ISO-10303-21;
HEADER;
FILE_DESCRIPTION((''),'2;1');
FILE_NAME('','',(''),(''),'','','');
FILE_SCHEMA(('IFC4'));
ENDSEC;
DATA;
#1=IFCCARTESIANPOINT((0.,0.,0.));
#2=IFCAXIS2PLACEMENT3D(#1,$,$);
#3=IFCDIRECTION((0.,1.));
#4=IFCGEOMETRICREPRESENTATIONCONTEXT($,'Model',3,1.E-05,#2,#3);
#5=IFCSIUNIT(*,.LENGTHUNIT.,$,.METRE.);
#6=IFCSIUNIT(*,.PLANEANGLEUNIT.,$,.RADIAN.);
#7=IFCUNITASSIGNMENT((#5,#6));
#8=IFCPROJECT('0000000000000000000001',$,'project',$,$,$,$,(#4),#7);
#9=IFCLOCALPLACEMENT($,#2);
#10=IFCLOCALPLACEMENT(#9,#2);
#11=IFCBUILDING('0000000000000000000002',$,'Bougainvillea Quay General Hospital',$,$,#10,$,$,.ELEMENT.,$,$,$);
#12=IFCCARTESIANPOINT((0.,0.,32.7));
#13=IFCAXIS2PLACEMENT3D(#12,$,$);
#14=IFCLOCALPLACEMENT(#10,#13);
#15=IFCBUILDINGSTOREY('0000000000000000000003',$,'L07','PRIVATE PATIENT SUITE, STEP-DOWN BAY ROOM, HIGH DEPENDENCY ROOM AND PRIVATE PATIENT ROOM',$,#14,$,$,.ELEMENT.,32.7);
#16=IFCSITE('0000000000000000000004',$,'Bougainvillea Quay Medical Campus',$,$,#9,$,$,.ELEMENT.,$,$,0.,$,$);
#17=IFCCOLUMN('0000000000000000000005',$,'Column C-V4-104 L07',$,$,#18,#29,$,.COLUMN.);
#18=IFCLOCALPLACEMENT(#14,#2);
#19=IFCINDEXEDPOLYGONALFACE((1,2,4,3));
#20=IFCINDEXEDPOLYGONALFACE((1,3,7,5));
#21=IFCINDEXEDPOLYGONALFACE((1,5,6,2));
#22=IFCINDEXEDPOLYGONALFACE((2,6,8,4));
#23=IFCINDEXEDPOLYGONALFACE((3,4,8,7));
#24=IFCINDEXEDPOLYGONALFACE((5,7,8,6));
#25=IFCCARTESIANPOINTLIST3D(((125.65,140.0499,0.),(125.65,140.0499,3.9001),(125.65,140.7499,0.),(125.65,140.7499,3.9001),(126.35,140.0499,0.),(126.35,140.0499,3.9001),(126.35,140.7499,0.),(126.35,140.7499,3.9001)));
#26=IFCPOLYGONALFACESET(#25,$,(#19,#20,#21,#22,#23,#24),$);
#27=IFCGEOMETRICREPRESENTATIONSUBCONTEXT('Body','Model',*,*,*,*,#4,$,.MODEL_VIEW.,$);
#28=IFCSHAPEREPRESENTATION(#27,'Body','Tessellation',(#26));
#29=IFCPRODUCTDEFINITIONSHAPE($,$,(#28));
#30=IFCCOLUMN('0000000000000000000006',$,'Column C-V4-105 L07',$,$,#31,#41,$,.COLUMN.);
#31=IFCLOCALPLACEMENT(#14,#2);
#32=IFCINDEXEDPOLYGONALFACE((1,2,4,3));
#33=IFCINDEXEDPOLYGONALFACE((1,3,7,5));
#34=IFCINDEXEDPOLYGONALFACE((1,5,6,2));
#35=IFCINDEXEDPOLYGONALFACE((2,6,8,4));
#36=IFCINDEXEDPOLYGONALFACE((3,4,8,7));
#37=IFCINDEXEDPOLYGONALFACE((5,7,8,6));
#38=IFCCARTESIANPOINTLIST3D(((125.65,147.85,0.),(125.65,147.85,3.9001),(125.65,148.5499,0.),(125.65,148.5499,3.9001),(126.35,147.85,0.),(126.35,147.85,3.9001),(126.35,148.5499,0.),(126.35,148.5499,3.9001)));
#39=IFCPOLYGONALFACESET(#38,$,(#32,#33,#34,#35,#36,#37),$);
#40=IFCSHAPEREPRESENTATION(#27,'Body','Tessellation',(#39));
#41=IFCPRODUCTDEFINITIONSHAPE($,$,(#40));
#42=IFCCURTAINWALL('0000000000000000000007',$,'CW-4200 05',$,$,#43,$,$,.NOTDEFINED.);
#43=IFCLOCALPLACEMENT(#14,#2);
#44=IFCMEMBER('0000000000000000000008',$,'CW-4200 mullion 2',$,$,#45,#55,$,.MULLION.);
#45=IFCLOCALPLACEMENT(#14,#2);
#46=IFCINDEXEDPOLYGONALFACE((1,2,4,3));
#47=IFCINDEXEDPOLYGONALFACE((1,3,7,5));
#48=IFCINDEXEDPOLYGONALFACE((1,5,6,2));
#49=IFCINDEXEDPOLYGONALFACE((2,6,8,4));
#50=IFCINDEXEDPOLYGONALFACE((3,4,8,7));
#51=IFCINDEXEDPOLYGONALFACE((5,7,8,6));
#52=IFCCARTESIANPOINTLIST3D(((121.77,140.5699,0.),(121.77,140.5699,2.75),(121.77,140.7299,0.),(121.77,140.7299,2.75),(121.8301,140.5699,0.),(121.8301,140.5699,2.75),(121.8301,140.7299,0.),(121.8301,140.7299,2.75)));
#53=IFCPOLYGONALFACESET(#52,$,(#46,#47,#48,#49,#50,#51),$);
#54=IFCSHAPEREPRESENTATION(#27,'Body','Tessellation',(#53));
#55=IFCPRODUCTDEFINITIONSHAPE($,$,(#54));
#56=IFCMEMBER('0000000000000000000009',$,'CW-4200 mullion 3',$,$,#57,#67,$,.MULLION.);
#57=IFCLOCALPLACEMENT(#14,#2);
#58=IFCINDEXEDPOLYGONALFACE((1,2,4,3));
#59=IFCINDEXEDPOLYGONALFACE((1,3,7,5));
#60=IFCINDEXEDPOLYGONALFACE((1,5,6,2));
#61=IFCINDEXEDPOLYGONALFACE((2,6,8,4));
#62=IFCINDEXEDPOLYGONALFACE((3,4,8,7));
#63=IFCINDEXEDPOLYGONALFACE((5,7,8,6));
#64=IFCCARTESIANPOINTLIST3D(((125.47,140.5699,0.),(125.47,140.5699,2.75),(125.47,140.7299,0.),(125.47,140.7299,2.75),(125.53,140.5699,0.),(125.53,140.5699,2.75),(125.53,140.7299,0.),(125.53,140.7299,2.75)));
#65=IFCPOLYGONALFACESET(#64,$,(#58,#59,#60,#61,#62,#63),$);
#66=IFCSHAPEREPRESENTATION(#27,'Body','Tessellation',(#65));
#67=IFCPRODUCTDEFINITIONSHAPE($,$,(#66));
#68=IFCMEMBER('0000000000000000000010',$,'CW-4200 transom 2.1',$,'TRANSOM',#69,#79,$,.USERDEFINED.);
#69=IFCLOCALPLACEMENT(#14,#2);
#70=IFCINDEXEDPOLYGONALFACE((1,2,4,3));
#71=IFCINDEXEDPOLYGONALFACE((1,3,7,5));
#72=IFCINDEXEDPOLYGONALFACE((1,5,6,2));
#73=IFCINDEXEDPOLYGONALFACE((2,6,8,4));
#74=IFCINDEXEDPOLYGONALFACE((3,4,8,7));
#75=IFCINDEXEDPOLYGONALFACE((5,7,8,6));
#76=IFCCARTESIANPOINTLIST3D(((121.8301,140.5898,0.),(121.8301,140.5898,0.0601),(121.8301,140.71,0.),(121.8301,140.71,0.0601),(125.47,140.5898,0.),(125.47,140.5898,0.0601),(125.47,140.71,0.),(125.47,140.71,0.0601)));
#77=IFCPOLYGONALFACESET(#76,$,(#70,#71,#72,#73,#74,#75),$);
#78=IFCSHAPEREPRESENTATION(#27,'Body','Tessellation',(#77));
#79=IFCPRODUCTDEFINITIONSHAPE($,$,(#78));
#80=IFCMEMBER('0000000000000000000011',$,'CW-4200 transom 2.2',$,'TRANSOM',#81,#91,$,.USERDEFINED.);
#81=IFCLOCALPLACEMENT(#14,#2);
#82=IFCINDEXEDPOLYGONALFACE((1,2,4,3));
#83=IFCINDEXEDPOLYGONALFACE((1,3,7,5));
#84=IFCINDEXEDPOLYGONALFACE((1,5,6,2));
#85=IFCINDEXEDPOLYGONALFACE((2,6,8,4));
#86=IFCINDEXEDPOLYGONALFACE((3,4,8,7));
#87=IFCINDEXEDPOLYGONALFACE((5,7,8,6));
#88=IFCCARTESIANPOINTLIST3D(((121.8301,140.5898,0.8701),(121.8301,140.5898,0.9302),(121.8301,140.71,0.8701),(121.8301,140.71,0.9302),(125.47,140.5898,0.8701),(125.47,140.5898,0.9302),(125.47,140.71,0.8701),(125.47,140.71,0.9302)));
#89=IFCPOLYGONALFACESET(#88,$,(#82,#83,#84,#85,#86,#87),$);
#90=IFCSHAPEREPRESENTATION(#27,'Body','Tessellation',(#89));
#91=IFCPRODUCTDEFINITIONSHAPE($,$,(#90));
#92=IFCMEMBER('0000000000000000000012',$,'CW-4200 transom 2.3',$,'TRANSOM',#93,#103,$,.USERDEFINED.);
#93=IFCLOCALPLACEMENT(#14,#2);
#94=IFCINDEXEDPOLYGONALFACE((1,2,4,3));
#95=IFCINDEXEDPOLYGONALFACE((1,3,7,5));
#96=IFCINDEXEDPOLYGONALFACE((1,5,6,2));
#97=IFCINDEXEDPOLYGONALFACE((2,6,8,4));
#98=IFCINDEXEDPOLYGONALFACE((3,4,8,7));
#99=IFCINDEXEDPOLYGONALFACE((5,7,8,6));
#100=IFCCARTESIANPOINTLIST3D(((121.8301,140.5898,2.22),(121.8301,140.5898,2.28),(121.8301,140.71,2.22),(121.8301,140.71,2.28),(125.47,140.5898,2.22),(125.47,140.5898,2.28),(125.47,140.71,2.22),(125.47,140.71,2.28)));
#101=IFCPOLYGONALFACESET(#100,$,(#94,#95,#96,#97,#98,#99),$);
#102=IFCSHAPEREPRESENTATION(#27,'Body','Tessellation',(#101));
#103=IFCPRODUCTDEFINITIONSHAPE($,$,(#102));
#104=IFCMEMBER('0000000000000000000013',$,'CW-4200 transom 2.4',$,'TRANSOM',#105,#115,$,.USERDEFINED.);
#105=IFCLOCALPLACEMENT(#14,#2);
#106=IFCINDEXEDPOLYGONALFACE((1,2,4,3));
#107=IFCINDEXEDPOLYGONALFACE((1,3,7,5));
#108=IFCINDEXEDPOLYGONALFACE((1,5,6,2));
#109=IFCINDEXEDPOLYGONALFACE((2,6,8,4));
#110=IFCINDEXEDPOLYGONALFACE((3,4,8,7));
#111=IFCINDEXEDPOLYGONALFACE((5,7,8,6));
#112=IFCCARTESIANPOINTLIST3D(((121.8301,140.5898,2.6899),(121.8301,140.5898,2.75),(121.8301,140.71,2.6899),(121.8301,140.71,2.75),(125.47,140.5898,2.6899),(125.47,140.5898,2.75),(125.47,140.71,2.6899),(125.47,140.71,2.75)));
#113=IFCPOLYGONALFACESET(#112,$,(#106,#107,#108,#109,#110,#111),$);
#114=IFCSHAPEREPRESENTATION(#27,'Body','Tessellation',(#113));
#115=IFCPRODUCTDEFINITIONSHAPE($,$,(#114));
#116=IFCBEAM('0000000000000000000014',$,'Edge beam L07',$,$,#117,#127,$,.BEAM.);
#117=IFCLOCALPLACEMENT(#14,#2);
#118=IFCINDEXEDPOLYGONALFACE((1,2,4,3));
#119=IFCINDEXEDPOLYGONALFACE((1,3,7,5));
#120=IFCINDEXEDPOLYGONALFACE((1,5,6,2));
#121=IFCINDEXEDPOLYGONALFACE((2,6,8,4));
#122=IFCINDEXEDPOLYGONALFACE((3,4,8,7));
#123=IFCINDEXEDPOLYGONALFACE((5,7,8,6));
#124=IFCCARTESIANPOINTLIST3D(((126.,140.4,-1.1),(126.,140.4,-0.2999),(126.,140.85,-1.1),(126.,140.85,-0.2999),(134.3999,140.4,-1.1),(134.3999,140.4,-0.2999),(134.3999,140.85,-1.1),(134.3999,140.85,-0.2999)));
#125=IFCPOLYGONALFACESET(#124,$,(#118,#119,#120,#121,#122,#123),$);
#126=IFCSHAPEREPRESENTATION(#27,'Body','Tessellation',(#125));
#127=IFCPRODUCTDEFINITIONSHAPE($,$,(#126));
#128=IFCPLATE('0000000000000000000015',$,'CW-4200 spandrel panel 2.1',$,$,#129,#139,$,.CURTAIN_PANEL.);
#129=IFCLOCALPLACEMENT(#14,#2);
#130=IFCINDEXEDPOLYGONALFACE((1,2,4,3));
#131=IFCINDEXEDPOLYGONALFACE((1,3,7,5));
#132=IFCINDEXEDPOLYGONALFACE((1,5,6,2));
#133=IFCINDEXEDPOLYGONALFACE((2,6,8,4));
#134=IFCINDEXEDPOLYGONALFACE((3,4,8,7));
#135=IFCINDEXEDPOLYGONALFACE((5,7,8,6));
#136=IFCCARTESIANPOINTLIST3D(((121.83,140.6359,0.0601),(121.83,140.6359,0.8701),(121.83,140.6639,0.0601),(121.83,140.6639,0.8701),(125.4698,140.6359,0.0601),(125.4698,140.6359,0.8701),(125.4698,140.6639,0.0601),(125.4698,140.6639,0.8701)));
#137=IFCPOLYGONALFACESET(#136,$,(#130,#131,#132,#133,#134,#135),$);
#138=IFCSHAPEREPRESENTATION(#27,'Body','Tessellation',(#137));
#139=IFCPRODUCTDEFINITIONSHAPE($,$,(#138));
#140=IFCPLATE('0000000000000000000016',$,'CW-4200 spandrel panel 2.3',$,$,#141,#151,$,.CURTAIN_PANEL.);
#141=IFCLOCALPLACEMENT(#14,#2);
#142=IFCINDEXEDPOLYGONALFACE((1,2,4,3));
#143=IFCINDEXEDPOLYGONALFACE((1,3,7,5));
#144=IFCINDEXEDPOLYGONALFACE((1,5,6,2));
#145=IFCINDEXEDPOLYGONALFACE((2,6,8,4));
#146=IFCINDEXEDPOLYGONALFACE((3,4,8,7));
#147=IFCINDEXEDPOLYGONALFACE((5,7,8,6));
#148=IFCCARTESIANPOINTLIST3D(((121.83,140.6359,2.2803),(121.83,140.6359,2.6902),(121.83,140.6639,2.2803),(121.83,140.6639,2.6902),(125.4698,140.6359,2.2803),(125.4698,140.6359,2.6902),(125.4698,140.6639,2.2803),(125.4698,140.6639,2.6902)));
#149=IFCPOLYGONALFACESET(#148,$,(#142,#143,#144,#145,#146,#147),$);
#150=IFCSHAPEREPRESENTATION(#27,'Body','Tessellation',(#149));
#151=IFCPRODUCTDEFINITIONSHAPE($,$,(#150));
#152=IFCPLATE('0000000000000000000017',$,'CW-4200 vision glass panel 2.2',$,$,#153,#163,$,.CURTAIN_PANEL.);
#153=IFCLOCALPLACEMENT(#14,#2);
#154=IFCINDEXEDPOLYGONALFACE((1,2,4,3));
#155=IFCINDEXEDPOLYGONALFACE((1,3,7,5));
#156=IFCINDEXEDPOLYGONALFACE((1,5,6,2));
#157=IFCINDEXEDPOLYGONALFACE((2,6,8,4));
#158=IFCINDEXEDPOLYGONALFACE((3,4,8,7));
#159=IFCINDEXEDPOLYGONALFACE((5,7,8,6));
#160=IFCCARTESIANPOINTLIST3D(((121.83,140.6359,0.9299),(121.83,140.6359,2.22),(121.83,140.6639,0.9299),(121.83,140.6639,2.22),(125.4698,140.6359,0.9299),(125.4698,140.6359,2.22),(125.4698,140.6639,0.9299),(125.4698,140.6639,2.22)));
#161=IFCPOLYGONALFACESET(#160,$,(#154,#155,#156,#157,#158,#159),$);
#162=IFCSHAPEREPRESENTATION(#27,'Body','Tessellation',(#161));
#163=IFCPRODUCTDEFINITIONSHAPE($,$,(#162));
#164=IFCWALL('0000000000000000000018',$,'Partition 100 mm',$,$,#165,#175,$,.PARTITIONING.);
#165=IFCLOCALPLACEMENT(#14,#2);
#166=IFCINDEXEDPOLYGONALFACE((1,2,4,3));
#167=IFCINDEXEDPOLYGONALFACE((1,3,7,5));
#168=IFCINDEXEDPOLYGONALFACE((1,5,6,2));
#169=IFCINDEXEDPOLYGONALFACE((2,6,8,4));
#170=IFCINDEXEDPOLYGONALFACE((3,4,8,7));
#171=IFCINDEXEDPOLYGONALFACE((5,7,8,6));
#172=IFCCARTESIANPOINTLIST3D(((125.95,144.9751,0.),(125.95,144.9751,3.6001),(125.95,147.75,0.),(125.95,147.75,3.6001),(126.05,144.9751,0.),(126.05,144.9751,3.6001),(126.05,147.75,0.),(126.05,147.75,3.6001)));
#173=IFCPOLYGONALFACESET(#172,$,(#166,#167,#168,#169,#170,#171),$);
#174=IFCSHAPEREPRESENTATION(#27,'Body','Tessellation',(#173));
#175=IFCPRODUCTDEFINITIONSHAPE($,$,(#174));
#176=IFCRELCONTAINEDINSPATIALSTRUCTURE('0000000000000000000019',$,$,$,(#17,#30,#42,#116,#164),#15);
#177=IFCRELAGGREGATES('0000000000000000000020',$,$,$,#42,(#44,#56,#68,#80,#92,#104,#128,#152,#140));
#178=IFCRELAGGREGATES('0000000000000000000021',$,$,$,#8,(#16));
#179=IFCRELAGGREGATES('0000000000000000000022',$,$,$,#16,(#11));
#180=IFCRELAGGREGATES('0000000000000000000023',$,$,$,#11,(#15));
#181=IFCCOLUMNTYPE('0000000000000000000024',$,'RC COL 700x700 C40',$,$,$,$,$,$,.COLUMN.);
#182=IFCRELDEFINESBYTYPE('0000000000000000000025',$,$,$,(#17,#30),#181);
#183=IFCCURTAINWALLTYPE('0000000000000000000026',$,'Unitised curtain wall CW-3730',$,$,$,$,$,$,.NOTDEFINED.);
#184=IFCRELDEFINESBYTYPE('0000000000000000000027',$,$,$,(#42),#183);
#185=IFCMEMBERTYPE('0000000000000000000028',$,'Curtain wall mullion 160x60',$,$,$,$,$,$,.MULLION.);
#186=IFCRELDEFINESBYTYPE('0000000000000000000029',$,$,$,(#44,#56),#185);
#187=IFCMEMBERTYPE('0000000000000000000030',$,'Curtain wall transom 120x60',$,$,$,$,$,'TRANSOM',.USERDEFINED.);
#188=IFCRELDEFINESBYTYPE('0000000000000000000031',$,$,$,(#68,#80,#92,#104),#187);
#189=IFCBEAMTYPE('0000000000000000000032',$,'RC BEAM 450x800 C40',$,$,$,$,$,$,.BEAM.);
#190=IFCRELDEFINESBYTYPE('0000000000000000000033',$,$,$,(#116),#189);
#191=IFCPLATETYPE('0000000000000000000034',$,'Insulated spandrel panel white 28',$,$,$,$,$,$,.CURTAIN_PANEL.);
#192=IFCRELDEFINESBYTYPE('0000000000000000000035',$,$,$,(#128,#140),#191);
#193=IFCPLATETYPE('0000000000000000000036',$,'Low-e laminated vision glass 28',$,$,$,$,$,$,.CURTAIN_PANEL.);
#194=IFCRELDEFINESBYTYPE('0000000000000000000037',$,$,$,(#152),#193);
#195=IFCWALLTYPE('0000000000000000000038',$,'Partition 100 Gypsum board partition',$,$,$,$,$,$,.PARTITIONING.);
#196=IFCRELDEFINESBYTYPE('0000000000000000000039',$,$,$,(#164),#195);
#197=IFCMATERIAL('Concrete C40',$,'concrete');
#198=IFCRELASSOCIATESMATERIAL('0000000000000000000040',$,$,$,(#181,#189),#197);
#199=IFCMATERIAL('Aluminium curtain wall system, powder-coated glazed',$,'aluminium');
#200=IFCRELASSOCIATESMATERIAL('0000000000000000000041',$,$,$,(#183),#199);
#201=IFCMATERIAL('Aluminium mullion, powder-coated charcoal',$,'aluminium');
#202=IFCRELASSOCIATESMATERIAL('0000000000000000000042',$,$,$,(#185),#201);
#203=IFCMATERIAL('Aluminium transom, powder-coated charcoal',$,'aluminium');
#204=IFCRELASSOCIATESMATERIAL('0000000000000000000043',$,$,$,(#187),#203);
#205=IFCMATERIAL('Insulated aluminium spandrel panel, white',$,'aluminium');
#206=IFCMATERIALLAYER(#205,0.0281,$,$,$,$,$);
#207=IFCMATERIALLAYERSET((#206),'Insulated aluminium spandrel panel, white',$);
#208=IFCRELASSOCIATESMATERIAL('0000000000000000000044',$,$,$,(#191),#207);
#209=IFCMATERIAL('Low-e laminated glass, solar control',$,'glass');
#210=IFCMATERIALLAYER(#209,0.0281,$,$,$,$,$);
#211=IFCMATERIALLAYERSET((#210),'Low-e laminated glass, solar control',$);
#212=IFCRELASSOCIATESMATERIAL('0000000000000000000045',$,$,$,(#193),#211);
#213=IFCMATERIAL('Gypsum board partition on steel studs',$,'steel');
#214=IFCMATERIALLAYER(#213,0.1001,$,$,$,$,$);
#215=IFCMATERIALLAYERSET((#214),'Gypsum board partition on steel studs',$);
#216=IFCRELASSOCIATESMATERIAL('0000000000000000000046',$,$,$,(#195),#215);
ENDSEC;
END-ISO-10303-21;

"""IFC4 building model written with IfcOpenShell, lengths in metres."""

from ifc_helpers import new_model, si_unit, direction, frame, frame_2d, origin, origin_2d, place, context, subcontext, project, spatial, rectangle, extrude, material, layer, layer_set, material_profile, profile_set, type_object, element, aggregate, save


model = new_model("IFC4")

# Units and contexts
model_context = context("Model", 3, precision=1e-05, world=origin(), true_north=direction((0.0, 1.0)))
body_context = subcontext(model_context, "Body", "Model", "MODEL_VIEW")
ifc_project = project(units=[si_unit("LENGTHUNIT", "METRE"), si_unit("PLANEANGLEUNIT", "RADIAN")], contexts=[model_context])

# Site, building, storey
site_placement = place(None, origin())
site = spatial("IfcSite", under=ifc_project, at=site_placement, Name="Bougainvillea Quay Medical Campus", CompositionType="ELEMENT", RefElevation=0.0)
building_placement = place(site_placement, origin())
building = spatial("IfcBuilding", under=site, at=building_placement, Name="Bougainvillea Quay General Hospital", CompositionType="ELEMENT")
storey_placement = place(building_placement, frame((0.0, 0.0, 32.7)))
storey = spatial("IfcBuildingStorey", under=building, at=storey_placement, Name="L07", Description="PRIVATE PATIENT SUITE, STEP-DOWN BAY ROOM, HIGH DEPENDENCY ROOM AND PRIVATE PATIENT ROOM", CompositionType="ELEMENT", Elevation=32.7)

# Columns
ifc_material_1 = material(Name="Concrete C40", Category="concrete")
ifc_material_profile_1 = material_profile(ifc_material_1, rectangle(XDim=0.7, YDim=0.7, at=origin_2d()))
ifc_profile_set_1 = profile_set([ifc_material_profile_1], Name="Concrete C40")
column_type = type_object("IfcColumnType", Name="RC COL 700x700 C40", PredefinedType="COLUMN", material=ifc_profile_set_1)
for number, where, z_axis, x_axis, name in (
    (1, (126.0, 140.3999, 0.0), (0.0, 0.0, 1.0), (1.0, 0.0, 0.0), "Column C-V4-104 L07"),
    (2, (126.0, 148.2, 0.0), (0.0, 0.0, 1.0), (1.0, 0.0, 0.0), "Column C-V4-105 L07"),
):
    element("IfcColumn", number, at=place(storey_placement, frame(where, z_axis=z_axis, x_axis=x_axis)), inside=storey, type_object=column_type, Name=name, PredefinedType="COLUMN", context=body_context, shape_type="SweptSolid", body=[
        extrude(rectangle(XDim=0.7, YDim=0.7, at=origin_2d()), origin(), (0.0, 0.0, 1.0), 3.9001),
    ])

# Curtain wall, members
ifc_material_2 = material(Name="Aluminium curtain wall system, powder-coated glazed", Category="aluminium")
curtain_wall_type = type_object("IfcCurtainWallType", Name="Unitised curtain wall CW-3730", PredefinedType="NOTDEFINED", material=ifc_material_2)
curtain_wall_placement = place(storey_placement, origin())
curtain_wall = element("IfcCurtainWall", 3, at=curtain_wall_placement, inside=storey, type_object=curtain_wall_type, Name="CW-4200 05", PredefinedType="NOTDEFINED")
ifc_material_3 = material(Name="Aluminium mullion, powder-coated charcoal", Category="aluminium")
ifc_material_profile_2 = material_profile(ifc_material_3, rectangle(XDim=0.1599, YDim=0.0601, at=origin_2d()))
ifc_profile_set_2 = profile_set([ifc_material_profile_2], Name="Aluminium mullion, powder-coated charcoal")
member_type_1 = type_object("IfcMemberType", Name="Curtain wall mullion 160x60", PredefinedType="MULLION", material=ifc_profile_set_2)
member_1_placement = place(storey_placement, frame((121.8, 140.6499, 0.0), z_axis=(0.0, 0.0, 1.0), x_axis=(0.0, 1.0, 0.0)))
member_1 = element("IfcMember", 4, at=member_1_placement, type_object=member_type_1, Name="CW-4200 mullion 2", PredefinedType="MULLION", context=body_context, shape_type="SweptSolid", body=[
    extrude(rectangle(XDim=0.1599, YDim=0.0601, at=origin_2d()), origin(), (0.0, 0.0, 1.0), 2.75),
])
member_2_placement = place(storey_placement, frame((125.5, 140.6499, 0.0), z_axis=(0.0, 0.0, 1.0), x_axis=(0.0, 1.0, 0.0)))
member_2 = element("IfcMember", 5, at=member_2_placement, type_object=member_type_1, Name="CW-4200 mullion 3", PredefinedType="MULLION", context=body_context, shape_type="SweptSolid", body=[
    extrude(rectangle(XDim=0.1599, YDim=0.0601, at=origin_2d()), origin(), (0.0, 0.0, 1.0), 2.75),
])
ifc_material_4 = material(Name="Aluminium transom, powder-coated charcoal", Category="aluminium")
ifc_material_profile_3 = material_profile(ifc_material_4, rectangle(XDim=0.1201, YDim=0.0601, at=origin_2d()))
ifc_profile_set_3 = profile_set([ifc_material_profile_3], Name="Aluminium transom, powder-coated charcoal")
member_type_2 = type_object("IfcMemberType", Name="Curtain wall transom 120x60", ElementType="TRANSOM", PredefinedType="USERDEFINED", material=ifc_profile_set_3)
member_3_placement = place(storey_placement, frame((121.8301, 140.6499, 0.03), z_axis=(1.0, 0.0, 0.0), x_axis=(0.0, 1.0, 0.0)))
member_3 = element("IfcMember", 6, at=member_3_placement, type_object=member_type_2, Name="CW-4200 transom 2.1", ObjectType="TRANSOM", PredefinedType="USERDEFINED", context=body_context, shape_type="SweptSolid", body=[
    extrude(rectangle(XDim=0.1201, YDim=0.0601, at=origin_2d()), origin(), (0.0, 0.0, 1.0), 3.6399),
])
member_4_placement = place(storey_placement, frame((121.8301, 140.6499, 0.9001), z_axis=(1.0, 0.0, 0.0), x_axis=(0.0, 1.0, 0.0)))
member_4 = element("IfcMember", 7, at=member_4_placement, type_object=member_type_2, Name="CW-4200 transom 2.2", ObjectType="TRANSOM", PredefinedType="USERDEFINED", context=body_context, shape_type="SweptSolid", body=[
    extrude(rectangle(XDim=0.1201, YDim=0.0601, at=origin_2d()), origin(), (0.0, 0.0, 1.0), 3.6399),
])
member_5_placement = place(storey_placement, frame((121.8301, 140.6499, 2.25), z_axis=(1.0, 0.0, 0.0), x_axis=(0.0, 1.0, 0.0)))
member_5 = element("IfcMember", 8, at=member_5_placement, type_object=member_type_2, Name="CW-4200 transom 2.3", ObjectType="TRANSOM", PredefinedType="USERDEFINED", context=body_context, shape_type="SweptSolid", body=[
    extrude(rectangle(XDim=0.1201, YDim=0.0601, at=origin_2d()), origin(), (0.0, 0.0, 1.0), 3.6399),
])
member_6_placement = place(storey_placement, frame((121.8301, 140.6499, 2.72), z_axis=(1.0, 0.0, 0.0), x_axis=(0.0, 1.0, 0.0)))
member_6 = element("IfcMember", 9, at=member_6_placement, type_object=member_type_2, Name="CW-4200 transom 2.4", ObjectType="TRANSOM", PredefinedType="USERDEFINED", context=body_context, shape_type="SweptSolid", body=[
    extrude(rectangle(XDim=0.1201, YDim=0.0601, at=origin_2d()), origin(), (0.0, 0.0, 1.0), 3.6399),
])

# Beam
ifc_material_profile_4 = material_profile(ifc_material_1, rectangle(XDim=0.45, YDim=0.8, at=origin_2d()))
ifc_profile_set_4 = profile_set([ifc_material_profile_4], Name="Concrete C40")
beam_type = type_object("IfcBeamType", Name="RC BEAM 450x800 C40", PredefinedType="BEAM", material=ifc_profile_set_4)
beam_placement = place(storey_placement, frame((126.0, 140.625, -0.7), z_axis=(1.0, 0.0, 0.0), x_axis=(0.0, 1.0, 0.0)))
element("IfcBeam", 10, at=beam_placement, inside=storey, type_object=beam_type, Name="Edge beam L07", PredefinedType="BEAM", context=body_context, shape_type="SweptSolid", body=[
    extrude(rectangle(XDim=0.45, YDim=0.8, at=origin_2d()), origin(), (0.0, 0.0, 1.0), 8.3999),
])

# Plates
ifc_material_5 = material(Name="Insulated aluminium spandrel panel, white", Category="aluminium")
ifc_layer_1 = layer(ifc_material_5, 0.0281)
ifc_layer_set_1 = layer_set([ifc_layer_1], Name="Insulated aluminium spandrel panel, white")
plate_type_1 = type_object("IfcPlateType", Name="Insulated spandrel panel white 28", PredefinedType="CURTAIN_PANEL", material=ifc_layer_set_1)
plate_1_placement = place(storey_placement, frame((123.6499, 140.6499, 0.0601), z_axis=(0.0, 0.0, 1.0), x_axis=(1.0, 0.0, 0.0)))
plate_1 = element("IfcPlate", 11, at=plate_1_placement, type_object=plate_type_1, Name="CW-4200 spandrel panel 2.1", PredefinedType="CURTAIN_PANEL", context=body_context, shape_type="SweptSolid", body=[
    extrude(rectangle(XDim=3.6399, YDim=0.0281, at=origin_2d()), origin(), (0.0, 0.0, 1.0), 0.8101),
])
plate_2_placement = place(storey_placement, frame((123.6499, 140.6499, 2.2803), z_axis=(0.0, 0.0, 1.0), x_axis=(1.0, 0.0, 0.0)))
plate_2 = element("IfcPlate", 12, at=plate_2_placement, type_object=plate_type_1, Name="CW-4200 spandrel panel 2.3", PredefinedType="CURTAIN_PANEL", context=body_context, shape_type="SweptSolid", body=[
    extrude(rectangle(XDim=3.6399, YDim=0.0281, at=origin_2d()), origin(), (0.0, 0.0, 1.0), 0.4099),
])
ifc_material_6 = material(Name="Low-e laminated glass, solar control", Category="glass")
ifc_layer_2 = layer(ifc_material_6, 0.0281)
ifc_layer_set_2 = layer_set([ifc_layer_2], Name="Low-e laminated glass, solar control")
plate_type_2 = type_object("IfcPlateType", Name="Low-e laminated vision glass 28", PredefinedType="CURTAIN_PANEL", material=ifc_layer_set_2)
plate_3_placement = place(storey_placement, frame((123.6499, 140.6499, 0.9299), z_axis=(0.0, 0.0, 1.0), x_axis=(1.0, 0.0, 0.0)))
plate_3 = element("IfcPlate", 13, at=plate_3_placement, type_object=plate_type_2, Name="CW-4200 vision glass panel 2.2", PredefinedType="CURTAIN_PANEL", context=body_context, shape_type="SweptSolid", body=[
    extrude(rectangle(XDim=3.6399, YDim=0.0281, at=origin_2d()), origin(), (0.0, 0.0, 1.0), 1.29),
])
aggregate(curtain_wall, [member_1, member_2, member_3, member_4, member_5, member_6, plate_1, plate_3, plate_2])

# Wall
ifc_material_7 = material(Name="Gypsum board partition on steel studs", Category="steel")
ifc_layer_3 = layer(ifc_material_7, 0.1001)
ifc_layer_set_3 = layer_set([ifc_layer_3], Name="Gypsum board partition on steel studs")
wall_type_1 = type_object("IfcWallType", Name="Partition 100 Gypsum board partition", PredefinedType="PARTITIONING", material=ifc_layer_set_3)
wall_1_placement = place(storey_placement, frame((126.0, 144.9751, 0.0), z_axis=(0.0, 0.0, 1.0), x_axis=(0.0, 1.0, 0.0)))
element("IfcWall", 14, at=wall_1_placement, inside=storey, type_object=wall_type_1, Name="Partition 100 mm", PredefinedType="PARTITIONING", context=body_context, shape_type="SweptSolid", body=[
    extrude(rectangle(XDim=2.7749, YDim=0.1001, at=frame_2d((1.3875, 0.0))), origin(), (0.0, 0.0, 1.0), 3.6001),
])

save(model, "model.ifc")
